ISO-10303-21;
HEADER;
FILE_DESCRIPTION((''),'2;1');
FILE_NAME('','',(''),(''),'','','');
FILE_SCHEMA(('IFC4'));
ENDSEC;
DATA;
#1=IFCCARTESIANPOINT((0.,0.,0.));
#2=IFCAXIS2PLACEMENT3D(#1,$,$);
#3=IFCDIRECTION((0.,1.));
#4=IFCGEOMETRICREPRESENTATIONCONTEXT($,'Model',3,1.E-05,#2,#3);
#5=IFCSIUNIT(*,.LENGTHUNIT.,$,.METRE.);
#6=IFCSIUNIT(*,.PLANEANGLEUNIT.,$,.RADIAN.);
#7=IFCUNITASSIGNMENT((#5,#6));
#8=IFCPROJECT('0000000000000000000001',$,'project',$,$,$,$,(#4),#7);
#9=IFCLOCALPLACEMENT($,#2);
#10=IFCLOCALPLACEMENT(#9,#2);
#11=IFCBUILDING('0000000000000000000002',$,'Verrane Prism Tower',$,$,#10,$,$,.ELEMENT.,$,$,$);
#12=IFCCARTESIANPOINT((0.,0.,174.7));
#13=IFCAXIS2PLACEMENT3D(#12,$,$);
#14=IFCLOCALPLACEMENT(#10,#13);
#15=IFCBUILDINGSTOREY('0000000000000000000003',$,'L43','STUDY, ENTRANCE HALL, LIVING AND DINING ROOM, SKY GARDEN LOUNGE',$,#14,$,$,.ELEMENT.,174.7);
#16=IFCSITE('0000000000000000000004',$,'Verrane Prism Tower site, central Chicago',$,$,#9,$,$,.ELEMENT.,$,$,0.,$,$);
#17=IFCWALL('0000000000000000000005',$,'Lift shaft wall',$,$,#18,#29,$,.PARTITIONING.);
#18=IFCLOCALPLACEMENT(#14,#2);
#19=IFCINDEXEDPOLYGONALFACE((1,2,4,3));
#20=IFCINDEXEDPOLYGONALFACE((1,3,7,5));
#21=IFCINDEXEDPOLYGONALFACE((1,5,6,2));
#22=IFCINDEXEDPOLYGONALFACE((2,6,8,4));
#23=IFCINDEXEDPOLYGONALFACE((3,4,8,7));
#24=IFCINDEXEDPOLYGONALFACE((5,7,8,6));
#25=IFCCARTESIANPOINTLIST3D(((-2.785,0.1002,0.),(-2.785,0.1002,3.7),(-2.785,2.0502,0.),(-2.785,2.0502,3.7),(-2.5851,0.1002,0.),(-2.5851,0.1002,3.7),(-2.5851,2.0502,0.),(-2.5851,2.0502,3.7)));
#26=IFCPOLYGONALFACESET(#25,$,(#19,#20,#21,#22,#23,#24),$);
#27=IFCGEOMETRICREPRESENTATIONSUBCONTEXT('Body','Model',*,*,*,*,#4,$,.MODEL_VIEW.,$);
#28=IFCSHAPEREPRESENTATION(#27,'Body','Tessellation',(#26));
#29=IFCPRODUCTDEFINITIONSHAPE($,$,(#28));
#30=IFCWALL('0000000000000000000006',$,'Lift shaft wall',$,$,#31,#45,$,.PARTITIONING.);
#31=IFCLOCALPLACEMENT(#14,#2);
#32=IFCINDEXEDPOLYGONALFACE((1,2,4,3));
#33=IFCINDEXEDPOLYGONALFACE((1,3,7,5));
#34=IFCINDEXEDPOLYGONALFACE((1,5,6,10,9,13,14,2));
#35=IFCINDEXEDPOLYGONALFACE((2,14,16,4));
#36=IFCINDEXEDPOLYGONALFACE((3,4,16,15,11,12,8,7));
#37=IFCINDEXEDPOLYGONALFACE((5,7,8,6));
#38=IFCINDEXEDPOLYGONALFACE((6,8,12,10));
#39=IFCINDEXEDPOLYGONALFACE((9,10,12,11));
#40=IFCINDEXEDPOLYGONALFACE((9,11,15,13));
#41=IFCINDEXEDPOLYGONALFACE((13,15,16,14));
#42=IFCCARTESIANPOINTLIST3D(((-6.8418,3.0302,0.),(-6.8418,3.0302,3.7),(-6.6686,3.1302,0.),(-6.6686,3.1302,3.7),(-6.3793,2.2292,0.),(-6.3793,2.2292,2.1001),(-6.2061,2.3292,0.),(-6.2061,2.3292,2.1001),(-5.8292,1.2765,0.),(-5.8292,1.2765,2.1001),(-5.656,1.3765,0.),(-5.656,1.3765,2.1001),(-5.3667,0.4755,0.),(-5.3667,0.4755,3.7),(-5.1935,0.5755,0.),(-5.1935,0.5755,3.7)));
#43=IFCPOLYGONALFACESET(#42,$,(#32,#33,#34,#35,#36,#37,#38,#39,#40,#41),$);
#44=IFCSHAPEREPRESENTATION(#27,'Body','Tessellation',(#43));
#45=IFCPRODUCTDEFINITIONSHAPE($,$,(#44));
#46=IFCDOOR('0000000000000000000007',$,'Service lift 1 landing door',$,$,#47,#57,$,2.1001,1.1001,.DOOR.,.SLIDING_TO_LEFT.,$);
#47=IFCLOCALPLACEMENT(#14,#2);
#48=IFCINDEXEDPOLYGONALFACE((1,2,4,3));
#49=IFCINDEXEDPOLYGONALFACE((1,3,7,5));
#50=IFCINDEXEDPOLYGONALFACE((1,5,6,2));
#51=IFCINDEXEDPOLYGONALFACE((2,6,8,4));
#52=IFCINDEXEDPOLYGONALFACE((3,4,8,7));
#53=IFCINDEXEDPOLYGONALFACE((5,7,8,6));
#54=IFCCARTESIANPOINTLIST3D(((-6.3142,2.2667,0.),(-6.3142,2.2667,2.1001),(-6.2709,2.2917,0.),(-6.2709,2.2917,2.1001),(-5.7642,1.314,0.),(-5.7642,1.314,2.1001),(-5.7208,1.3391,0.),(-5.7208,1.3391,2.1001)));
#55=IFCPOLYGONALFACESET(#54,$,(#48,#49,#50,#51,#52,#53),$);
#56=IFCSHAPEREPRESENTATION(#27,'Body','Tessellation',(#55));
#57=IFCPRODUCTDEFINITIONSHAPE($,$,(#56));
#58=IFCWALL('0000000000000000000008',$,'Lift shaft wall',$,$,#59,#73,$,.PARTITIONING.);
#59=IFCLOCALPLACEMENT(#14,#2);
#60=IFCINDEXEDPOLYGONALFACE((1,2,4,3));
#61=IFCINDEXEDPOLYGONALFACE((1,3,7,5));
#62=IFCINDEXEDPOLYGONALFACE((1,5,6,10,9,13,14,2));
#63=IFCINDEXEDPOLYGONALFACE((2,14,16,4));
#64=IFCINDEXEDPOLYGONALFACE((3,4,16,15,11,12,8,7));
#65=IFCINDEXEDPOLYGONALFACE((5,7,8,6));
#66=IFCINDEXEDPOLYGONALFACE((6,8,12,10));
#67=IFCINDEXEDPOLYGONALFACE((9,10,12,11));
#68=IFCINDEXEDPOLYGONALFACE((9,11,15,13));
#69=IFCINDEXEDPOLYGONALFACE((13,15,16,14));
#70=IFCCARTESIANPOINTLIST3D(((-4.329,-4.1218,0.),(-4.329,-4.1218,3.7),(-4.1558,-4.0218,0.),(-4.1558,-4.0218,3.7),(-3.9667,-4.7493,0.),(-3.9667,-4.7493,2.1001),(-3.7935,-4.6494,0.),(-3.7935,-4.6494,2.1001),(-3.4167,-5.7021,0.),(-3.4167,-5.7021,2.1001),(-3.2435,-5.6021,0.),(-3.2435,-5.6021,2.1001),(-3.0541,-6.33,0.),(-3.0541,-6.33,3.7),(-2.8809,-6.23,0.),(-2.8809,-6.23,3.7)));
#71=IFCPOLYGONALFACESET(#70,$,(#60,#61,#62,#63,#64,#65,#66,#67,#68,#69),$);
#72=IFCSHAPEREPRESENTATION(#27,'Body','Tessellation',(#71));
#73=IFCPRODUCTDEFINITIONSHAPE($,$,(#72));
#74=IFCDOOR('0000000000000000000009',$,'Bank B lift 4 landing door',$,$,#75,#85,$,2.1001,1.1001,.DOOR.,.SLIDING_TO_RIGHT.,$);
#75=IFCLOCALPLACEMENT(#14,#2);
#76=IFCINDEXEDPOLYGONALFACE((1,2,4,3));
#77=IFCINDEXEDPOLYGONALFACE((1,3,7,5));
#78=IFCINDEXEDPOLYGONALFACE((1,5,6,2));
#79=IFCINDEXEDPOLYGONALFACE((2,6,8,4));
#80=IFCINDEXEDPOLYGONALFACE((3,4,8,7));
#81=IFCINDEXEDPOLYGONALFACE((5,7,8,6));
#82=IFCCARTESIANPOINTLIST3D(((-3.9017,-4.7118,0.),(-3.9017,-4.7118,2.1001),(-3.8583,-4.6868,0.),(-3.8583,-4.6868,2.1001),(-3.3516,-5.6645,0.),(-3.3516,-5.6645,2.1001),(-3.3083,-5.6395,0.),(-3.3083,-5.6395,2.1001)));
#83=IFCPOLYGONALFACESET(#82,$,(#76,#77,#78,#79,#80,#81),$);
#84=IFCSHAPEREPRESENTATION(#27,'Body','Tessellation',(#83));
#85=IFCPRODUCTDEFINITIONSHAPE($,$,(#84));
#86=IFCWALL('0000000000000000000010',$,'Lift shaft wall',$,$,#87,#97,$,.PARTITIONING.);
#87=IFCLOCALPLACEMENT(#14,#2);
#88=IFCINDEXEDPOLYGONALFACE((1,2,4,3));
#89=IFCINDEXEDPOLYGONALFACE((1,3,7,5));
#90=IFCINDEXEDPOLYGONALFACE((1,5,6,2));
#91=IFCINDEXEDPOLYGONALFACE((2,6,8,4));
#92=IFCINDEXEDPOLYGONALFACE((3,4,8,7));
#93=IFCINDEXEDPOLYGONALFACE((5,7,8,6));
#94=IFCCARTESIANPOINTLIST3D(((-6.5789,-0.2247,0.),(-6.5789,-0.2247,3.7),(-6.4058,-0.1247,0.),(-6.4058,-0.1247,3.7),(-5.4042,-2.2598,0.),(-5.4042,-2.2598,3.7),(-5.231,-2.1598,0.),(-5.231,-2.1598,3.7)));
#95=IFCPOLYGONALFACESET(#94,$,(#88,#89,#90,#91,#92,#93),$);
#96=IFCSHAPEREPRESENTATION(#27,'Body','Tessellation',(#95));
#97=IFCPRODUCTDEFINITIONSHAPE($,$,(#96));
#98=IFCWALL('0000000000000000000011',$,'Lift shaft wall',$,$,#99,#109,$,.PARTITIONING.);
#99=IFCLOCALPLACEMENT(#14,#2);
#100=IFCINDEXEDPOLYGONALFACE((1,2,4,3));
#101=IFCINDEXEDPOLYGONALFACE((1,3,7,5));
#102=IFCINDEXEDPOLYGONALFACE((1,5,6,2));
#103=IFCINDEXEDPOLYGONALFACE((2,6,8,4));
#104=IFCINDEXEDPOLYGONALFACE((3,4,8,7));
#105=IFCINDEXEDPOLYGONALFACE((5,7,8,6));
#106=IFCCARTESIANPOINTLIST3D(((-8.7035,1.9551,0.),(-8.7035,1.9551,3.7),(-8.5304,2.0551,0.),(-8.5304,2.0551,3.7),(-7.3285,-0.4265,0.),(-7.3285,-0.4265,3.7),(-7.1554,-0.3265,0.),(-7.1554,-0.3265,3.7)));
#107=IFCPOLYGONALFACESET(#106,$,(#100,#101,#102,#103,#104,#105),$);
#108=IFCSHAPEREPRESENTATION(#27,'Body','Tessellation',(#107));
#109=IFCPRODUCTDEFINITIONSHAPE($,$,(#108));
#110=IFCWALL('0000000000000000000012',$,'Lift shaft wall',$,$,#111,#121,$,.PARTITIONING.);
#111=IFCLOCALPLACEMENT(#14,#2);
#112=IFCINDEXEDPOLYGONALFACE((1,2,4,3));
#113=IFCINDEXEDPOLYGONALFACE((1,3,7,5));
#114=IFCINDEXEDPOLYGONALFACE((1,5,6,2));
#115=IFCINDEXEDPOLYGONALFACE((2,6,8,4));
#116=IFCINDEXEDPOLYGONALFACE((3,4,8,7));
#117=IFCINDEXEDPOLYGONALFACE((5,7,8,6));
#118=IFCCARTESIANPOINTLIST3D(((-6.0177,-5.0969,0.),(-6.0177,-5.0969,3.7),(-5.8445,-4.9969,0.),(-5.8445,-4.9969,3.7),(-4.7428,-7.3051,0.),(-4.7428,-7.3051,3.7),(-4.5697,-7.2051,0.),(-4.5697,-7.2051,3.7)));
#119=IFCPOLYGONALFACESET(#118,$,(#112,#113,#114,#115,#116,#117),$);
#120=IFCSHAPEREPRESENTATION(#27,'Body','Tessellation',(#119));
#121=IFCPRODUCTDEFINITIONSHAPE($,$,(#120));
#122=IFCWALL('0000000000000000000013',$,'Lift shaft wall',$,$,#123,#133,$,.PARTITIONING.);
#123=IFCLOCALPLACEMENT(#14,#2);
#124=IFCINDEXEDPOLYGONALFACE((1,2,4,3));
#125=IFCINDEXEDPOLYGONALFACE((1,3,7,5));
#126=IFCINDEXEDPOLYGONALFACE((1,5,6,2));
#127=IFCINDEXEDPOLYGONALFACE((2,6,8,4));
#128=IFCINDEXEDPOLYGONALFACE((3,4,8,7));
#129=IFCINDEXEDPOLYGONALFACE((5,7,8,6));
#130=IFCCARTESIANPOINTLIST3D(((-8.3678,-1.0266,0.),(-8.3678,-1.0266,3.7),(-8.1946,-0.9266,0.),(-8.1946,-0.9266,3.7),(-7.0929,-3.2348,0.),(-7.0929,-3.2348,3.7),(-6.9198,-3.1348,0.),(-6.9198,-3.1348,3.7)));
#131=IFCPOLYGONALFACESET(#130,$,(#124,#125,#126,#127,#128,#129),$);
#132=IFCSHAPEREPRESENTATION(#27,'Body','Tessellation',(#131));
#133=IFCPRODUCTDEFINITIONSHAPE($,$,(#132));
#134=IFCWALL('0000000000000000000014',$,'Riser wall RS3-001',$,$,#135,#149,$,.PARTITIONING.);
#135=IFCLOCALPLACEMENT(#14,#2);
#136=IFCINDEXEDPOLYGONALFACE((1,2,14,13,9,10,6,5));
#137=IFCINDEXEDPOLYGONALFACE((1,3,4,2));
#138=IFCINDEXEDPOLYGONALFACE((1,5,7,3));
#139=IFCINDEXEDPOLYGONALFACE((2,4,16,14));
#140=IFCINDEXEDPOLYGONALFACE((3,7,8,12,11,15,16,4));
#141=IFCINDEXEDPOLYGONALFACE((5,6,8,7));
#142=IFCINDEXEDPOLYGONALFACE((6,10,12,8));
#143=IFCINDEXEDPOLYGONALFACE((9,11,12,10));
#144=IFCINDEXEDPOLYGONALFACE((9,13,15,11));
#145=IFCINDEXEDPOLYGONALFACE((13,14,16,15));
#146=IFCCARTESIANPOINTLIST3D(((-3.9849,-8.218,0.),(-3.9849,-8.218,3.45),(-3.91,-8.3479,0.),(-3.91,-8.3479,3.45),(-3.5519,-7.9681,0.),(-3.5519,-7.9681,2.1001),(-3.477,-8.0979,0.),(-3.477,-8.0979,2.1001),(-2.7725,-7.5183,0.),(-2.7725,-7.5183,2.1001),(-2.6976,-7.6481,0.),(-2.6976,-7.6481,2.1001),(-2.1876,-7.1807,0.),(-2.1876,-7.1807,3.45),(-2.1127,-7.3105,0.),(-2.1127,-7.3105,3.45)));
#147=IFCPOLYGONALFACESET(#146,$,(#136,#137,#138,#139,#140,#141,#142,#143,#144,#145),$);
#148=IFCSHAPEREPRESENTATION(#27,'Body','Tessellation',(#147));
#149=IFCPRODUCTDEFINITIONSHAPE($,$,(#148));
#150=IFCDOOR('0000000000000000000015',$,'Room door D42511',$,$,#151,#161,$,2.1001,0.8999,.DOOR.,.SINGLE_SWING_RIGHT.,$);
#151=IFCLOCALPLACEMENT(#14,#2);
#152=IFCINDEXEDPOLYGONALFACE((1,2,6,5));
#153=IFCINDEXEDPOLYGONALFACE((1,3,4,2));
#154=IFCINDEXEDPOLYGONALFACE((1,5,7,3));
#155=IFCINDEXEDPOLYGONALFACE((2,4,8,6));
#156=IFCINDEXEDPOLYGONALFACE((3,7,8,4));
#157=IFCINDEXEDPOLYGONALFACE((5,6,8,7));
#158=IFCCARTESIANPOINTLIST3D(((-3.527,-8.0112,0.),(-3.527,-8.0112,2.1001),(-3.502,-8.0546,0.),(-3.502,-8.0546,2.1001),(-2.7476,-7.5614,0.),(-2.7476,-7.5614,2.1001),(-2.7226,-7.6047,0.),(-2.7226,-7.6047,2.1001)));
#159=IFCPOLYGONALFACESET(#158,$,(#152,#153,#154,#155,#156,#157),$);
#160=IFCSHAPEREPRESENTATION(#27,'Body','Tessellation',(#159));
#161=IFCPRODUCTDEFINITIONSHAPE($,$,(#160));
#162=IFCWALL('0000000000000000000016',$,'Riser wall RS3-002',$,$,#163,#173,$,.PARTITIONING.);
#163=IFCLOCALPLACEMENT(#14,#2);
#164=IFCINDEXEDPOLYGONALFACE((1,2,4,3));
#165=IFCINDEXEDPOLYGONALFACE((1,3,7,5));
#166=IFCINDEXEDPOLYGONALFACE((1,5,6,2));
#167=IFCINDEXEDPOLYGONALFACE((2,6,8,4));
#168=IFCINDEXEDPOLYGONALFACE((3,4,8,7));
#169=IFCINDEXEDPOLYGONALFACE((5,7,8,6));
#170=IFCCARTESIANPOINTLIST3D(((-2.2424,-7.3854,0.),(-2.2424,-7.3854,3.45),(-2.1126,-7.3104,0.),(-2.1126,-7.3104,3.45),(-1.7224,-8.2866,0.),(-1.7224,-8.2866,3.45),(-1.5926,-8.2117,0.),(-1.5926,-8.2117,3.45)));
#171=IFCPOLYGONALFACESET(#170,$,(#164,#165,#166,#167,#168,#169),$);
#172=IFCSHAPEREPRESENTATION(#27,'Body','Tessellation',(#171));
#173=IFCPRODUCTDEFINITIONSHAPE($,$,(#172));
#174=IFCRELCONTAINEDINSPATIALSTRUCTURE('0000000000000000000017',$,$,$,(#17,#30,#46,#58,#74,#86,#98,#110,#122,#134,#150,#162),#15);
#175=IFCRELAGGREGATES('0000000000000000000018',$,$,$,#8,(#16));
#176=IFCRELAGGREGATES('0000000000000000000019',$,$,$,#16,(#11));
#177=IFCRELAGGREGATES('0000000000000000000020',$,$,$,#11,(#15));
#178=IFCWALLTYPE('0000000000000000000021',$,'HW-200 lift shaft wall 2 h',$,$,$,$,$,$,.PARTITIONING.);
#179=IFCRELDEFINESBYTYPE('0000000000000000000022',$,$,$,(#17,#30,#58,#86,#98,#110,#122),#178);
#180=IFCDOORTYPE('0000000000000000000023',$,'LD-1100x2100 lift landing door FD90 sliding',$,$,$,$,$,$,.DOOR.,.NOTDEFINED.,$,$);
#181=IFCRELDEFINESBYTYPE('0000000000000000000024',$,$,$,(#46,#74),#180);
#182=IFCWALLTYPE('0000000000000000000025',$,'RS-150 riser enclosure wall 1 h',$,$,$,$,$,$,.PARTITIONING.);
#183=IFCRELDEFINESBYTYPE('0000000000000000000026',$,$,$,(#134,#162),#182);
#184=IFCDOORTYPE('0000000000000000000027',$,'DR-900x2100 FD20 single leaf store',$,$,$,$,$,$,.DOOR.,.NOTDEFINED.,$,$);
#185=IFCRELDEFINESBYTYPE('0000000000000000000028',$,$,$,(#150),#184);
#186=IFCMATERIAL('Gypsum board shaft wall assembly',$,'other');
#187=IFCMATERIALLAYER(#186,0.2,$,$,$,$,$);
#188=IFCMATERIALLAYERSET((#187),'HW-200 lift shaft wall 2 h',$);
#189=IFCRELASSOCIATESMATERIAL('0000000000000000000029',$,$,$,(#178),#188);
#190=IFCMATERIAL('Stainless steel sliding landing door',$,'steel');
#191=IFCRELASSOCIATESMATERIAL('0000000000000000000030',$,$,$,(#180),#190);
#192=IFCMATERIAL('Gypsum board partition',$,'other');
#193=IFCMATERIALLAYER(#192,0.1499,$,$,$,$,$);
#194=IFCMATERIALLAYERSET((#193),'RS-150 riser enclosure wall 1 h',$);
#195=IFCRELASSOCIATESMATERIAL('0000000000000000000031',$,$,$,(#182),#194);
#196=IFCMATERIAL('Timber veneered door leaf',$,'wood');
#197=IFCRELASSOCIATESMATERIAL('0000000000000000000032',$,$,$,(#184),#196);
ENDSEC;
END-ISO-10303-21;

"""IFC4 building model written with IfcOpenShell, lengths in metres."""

from ifc_helpers import new_model, si_unit, direction, frame, frame_2d, origin, place, context, subcontext, project, spatial, rectangle, extrude, material, layer, layer_set, type_object, element, fill, save


model = new_model("IFC4")

# Units and contexts
model_context = context("Model", 3, precision=1e-05, world=origin(), true_north=direction((0.0, 1.0)))
body_context = subcontext(model_context, "Body", "Model", "MODEL_VIEW")
ifc_project = project(units=[si_unit("LENGTHUNIT", "METRE"), si_unit("PLANEANGLEUNIT", "RADIAN")], contexts=[model_context])

# Site, building, storey
site_placement = place(None, origin())
site = spatial("IfcSite", under=ifc_project, at=site_placement, Name="Verrane Prism Tower site, central Chicago", CompositionType="ELEMENT", RefElevation=0.0)
building_placement = place(site_placement, origin())
building = spatial("IfcBuilding", under=site, at=building_placement, Name="Verrane Prism Tower", CompositionType="ELEMENT")
storey_placement = place(building_placement, frame((0.0, 0.0, 174.7)))
storey = spatial("IfcBuildingStorey", under=building, at=storey_placement, Name="L43", Description="STUDY, ENTRANCE HALL, LIVING AND DINING ROOM, SKY GARDEN LOUNGE", CompositionType="ELEMENT", Elevation=174.7)

# Shared definitions
ifc_material_1 = material(Name="Gypsum board shaft wall assembly", Category="other")
ifc_layer_1 = layer(ifc_material_1, 0.2)
ifc_layer_set_1 = layer_set([ifc_layer_1], Name="HW-200 lift shaft wall 2 h")
wall_type_1 = type_object("IfcWallType", Name="HW-200 lift shaft wall 2 h", PredefinedType="PARTITIONING", material=ifc_layer_set_1)
ifc_material_2 = material(Name="Stainless steel sliding landing door", Category="steel")
door_type_1 = type_object("IfcDoorType", Name="LD-1100x2100 lift landing door FD90 sliding", OperationType="NOTDEFINED", PredefinedType="DOOR", material=ifc_material_2)

# Wall
wall_1_placement = place(storey_placement, frame((-2.6851, 0.1001, 0.0), z_axis=(0.0, 0.0, 1.0), x_axis=(0.0, 1.0, 0.0)))
element("IfcWall", 1, at=wall_1_placement, inside=storey, type_object=wall_type_1, Name="Lift shaft wall", PredefinedType="PARTITIONING", context=body_context, shape_type="SweptSolid", body=[
    extrude(rectangle(XDim=1.95, YDim=0.2, at=frame_2d((0.9751, 0.0))), origin(), (0.0, 0.0, 1.0), 3.7),
])

# Walls, openings, doors
wall_2_placement = place(storey_placement, frame((-5.28, 0.5254, 0.0), z_axis=(0.0, 0.0, 1.0), x_axis=(-0.500038, 0.866004, 0.0)))
wall_2 = element("IfcWall", 2, at=wall_2_placement, inside=storey, type_object=wall_type_1, Name="Lift shaft wall", PredefinedType="PARTITIONING", context=body_context, shape_type="SweptSolid", body=[
    extrude(rectangle(XDim=2.95, YDim=0.2, at=frame_2d((1.4751, 0.0))), origin(), (0.0, 0.0, 1.0), 3.7),
])
opening_1_placement = place(wall_2_placement, frame((0.925, 0.0, 0.0)))
opening_1 = element("IfcOpeningElement", 3, at=opening_1_placement, cuts=wall_2, PredefinedType="OPENING", context=body_context, shape_type="SweptSolid", body=[
    extrude(rectangle(XDim=1.1001, YDim=2.1001, at=frame_2d((0.55, 1.05))), frame((0.0, 0.1099, 0.0), z_axis=(0.0, -1.0, 0.0), x_axis=(1.0, 0.0, 0.0)), (0.0, 0.0, 1.0), 0.22),
])
door_1_placement = place(opening_1_placement, origin())
door_1 = element("IfcDoor", 4, at=door_1_placement, inside=storey, type_object=door_type_1, Name="Service lift 1 landing door", OperationType="SLIDING_TO_LEFT", OverallHeight=2.1001, OverallWidth=1.1001, PredefinedType="DOOR", context=body_context, shape_type="SweptSolid", body=[
    extrude(rectangle(XDim=1.1001, YDim=2.1001, at=frame_2d((0.55, 1.05))), frame((0.0, 0.0249, 0.0), z_axis=(0.0, -1.0, 0.0), x_axis=(1.0, 0.0, 0.0)), (0.0, 0.0, 1.0), 0.05),
])
fill(opening_1, door_1)
wall_3_placement = place(storey_placement, frame((-2.9675, -6.28, 0.0), z_axis=(0.0, 0.0, 1.0), x_axis=(-0.49999, 0.866031, 0.0)))
wall_3 = element("IfcWall", 5, at=wall_3_placement, inside=storey, type_object=wall_type_1, Name="Lift shaft wall", PredefinedType="PARTITIONING", context=body_context, shape_type="SweptSolid", body=[
    extrude(rectangle(XDim=2.5498, YDim=0.2, at=frame_2d((1.2749, 0.0))), origin(), (0.0, 0.0, 1.0), 3.7),
])
opening_2_placement = place(wall_3_placement, frame((0.7251, 0.0, 0.0)))
opening_2 = element("IfcOpeningElement", 6, at=opening_2_placement, cuts=wall_3, PredefinedType="OPENING", context=body_context, shape_type="SweptSolid", body=[
    extrude(rectangle(XDim=1.1001, YDim=2.1001, at=frame_2d((0.55, 1.05))), frame((0.0, 0.1099, 0.0), z_axis=(0.0, -1.0, 0.0), x_axis=(1.0, 0.0, 0.0)), (0.0, 0.0, 1.0), 0.22),
])
door_2_placement = place(opening_2_placement, origin())
door_2 = element("IfcDoor", 7, at=door_2_placement, inside=storey, type_object=door_type_1, Name="Bank B lift 4 landing door", OperationType="SLIDING_TO_RIGHT", OverallHeight=2.1001, OverallWidth=1.1001, PredefinedType="DOOR", context=body_context, shape_type="SweptSolid", body=[
    extrude(rectangle(XDim=1.1001, YDim=2.1001, at=frame_2d((0.55, 1.05))), frame((0.0, 0.0249, 0.0), z_axis=(0.0, -1.0, 0.0), x_axis=(1.0, 0.0, 0.0)), (0.0, 0.0, 1.0), 0.05),
])
fill(opening_2, door_2)

# Walls
wall_4_placement = place(storey_placement, frame((-5.3176, -2.2097, 0.0), z_axis=(0.0, 0.0, 1.0), x_axis=(-0.499938, 0.866061, 0.0)))
element("IfcWall", 8, at=wall_4_placement, inside=storey, type_object=wall_type_1, Name="Lift shaft wall", PredefinedType="PARTITIONING", context=body_context, shape_type="SweptSolid", body=[
    extrude(rectangle(XDim=2.3499, YDim=0.2, at=frame_2d((1.1748, 0.0))), origin(), (0.0, 0.0, 1.0), 3.7),
])
wall_5_placement = place(storey_placement, frame((-7.2419, -0.3765, 0.0), z_axis=(0.0, 0.0, 1.0), x_axis=(-0.499997, 0.866027, 0.0)))
element("IfcWall", 9, at=wall_5_placement, inside=storey, type_object=wall_type_1, Name="Lift shaft wall", PredefinedType="PARTITIONING", context=body_context, shape_type="SweptSolid", body=[
    extrude(rectangle(XDim=2.75, YDim=0.2, at=frame_2d((1.375, 0.0))), origin(), (0.0, 0.0, 1.0), 3.7),
])
for number, where, z_axis, x_axis, name in (
    (10, (-4.6562, -7.2551, 0.0), (0.0, 0.0, 1.0), (-0.49999, 0.866031, 0.0), "Lift shaft wall"),
    (11, (-7.0063, -3.1848, 0.0), (0.0, 0.0, 1.0), (-0.49999, 0.866031, 0.0), "Lift shaft wall"),
):
    element("IfcWall", number, at=place(storey_placement, frame(where, z_axis=z_axis, x_axis=x_axis)), inside=storey, type_object=wall_type_1, Name=name, PredefinedType="PARTITIONING", context=body_context, shape_type="SweptSolid", body=[
        extrude(rectangle(XDim=2.5498, YDim=0.2, at=frame_2d((1.2749, 0.0))), origin(), (0.0, 0.0, 1.0), 3.7),
    ])

# Wall, opening, door
ifc_material_3 = material(Name="Gypsum board partition", Category="other")
ifc_layer_2 = layer(ifc_material_3, 0.1499)
ifc_layer_set_2 = layer_set([ifc_layer_2], Name="RS-150 riser enclosure wall 1 h")
wall_type_2 = type_object("IfcWallType", Name="RS-150 riser enclosure wall 1 h", PredefinedType="PARTITIONING", material=ifc_layer_set_2)
wall_6_placement = place(storey_placement, frame((-2.1501, -7.2456, 0.0), z_axis=(0.0, 0.0, 1.0), x_axis=(-0.866099, -0.499872, 0.0)))
wall_6 = element("IfcWall", 12, at=wall_6_placement, inside=storey, type_object=wall_type_2, Name="Riser wall RS3-001", PredefinedType="PARTITIONING", context=body_context, shape_type="SweptSolid", body=[
    extrude(rectangle(XDim=2.0752, YDim=0.1499, at=frame_2d((1.0376, 0.0))), origin(), (0.0, 0.0, 1.0), 3.45),
])
opening_3_placement = place(wall_6_placement, frame((0.6753, 0.0, 0.0)))
opening_3 = element("IfcOpeningElement", 13, at=opening_3_placement, cuts=wall_6, PredefinedType="OPENING", context=body_context, shape_type="SweptSolid", body=[
    extrude(rectangle(XDim=0.8999, YDim=2.1001, at=frame_2d((0.45, 1.05))), frame((0.0, 0.085, 0.0), z_axis=(0.0, -1.0, 0.0), x_axis=(1.0, 0.0, 0.0)), (0.0, 0.0, 1.0), 0.1699),
])
ifc_material_4 = material(Name="Timber veneered door leaf", Category="wood")
door_type_2 = type_object("IfcDoorType", Name="DR-900x2100 FD20 single leaf store", OperationType="NOTDEFINED", PredefinedType="DOOR", material=ifc_material_4)
door_3_placement = place(opening_3_placement, origin())
door_3 = element("IfcDoor", 14, at=door_3_placement, inside=storey, type_object=door_type_2, Name="Room door D42511", OperationType="SINGLE_SWING_RIGHT", OverallHeight=2.1001, OverallWidth=0.8999, PredefinedType="DOOR", context=body_context, shape_type="SweptSolid", body=[
    extrude(rectangle(XDim=0.8999, YDim=2.1001, at=frame_2d((0.45, 1.05))), frame((0.0, 0.0249, 0.0), z_axis=(0.0, -1.0, 0.0), x_axis=(1.0, 0.0, 0.0)), (0.0, 0.0, 1.0), 0.05),
])
fill(opening_3, door_3)

# Wall
wall_7_placement = place(storey_placement, frame((-2.1775, -7.3479, 0.0), z_axis=(0.0, 0.0, 1.0), x_axis=(0.499722, -0.866186, 0.0)))
element("IfcWall", 15, at=wall_7_placement, inside=storey, type_object=wall_type_2, Name="Riser wall RS3-002", PredefinedType="PARTITIONING", context=body_context, shape_type="SweptSolid", body=[
    extrude(rectangle(XDim=1.0405, YDim=0.1499, at=frame_2d((0.5203, 0.0))), origin(), (0.0, 0.0, 1.0), 3.45),
])

save(model, "model.ifc")
